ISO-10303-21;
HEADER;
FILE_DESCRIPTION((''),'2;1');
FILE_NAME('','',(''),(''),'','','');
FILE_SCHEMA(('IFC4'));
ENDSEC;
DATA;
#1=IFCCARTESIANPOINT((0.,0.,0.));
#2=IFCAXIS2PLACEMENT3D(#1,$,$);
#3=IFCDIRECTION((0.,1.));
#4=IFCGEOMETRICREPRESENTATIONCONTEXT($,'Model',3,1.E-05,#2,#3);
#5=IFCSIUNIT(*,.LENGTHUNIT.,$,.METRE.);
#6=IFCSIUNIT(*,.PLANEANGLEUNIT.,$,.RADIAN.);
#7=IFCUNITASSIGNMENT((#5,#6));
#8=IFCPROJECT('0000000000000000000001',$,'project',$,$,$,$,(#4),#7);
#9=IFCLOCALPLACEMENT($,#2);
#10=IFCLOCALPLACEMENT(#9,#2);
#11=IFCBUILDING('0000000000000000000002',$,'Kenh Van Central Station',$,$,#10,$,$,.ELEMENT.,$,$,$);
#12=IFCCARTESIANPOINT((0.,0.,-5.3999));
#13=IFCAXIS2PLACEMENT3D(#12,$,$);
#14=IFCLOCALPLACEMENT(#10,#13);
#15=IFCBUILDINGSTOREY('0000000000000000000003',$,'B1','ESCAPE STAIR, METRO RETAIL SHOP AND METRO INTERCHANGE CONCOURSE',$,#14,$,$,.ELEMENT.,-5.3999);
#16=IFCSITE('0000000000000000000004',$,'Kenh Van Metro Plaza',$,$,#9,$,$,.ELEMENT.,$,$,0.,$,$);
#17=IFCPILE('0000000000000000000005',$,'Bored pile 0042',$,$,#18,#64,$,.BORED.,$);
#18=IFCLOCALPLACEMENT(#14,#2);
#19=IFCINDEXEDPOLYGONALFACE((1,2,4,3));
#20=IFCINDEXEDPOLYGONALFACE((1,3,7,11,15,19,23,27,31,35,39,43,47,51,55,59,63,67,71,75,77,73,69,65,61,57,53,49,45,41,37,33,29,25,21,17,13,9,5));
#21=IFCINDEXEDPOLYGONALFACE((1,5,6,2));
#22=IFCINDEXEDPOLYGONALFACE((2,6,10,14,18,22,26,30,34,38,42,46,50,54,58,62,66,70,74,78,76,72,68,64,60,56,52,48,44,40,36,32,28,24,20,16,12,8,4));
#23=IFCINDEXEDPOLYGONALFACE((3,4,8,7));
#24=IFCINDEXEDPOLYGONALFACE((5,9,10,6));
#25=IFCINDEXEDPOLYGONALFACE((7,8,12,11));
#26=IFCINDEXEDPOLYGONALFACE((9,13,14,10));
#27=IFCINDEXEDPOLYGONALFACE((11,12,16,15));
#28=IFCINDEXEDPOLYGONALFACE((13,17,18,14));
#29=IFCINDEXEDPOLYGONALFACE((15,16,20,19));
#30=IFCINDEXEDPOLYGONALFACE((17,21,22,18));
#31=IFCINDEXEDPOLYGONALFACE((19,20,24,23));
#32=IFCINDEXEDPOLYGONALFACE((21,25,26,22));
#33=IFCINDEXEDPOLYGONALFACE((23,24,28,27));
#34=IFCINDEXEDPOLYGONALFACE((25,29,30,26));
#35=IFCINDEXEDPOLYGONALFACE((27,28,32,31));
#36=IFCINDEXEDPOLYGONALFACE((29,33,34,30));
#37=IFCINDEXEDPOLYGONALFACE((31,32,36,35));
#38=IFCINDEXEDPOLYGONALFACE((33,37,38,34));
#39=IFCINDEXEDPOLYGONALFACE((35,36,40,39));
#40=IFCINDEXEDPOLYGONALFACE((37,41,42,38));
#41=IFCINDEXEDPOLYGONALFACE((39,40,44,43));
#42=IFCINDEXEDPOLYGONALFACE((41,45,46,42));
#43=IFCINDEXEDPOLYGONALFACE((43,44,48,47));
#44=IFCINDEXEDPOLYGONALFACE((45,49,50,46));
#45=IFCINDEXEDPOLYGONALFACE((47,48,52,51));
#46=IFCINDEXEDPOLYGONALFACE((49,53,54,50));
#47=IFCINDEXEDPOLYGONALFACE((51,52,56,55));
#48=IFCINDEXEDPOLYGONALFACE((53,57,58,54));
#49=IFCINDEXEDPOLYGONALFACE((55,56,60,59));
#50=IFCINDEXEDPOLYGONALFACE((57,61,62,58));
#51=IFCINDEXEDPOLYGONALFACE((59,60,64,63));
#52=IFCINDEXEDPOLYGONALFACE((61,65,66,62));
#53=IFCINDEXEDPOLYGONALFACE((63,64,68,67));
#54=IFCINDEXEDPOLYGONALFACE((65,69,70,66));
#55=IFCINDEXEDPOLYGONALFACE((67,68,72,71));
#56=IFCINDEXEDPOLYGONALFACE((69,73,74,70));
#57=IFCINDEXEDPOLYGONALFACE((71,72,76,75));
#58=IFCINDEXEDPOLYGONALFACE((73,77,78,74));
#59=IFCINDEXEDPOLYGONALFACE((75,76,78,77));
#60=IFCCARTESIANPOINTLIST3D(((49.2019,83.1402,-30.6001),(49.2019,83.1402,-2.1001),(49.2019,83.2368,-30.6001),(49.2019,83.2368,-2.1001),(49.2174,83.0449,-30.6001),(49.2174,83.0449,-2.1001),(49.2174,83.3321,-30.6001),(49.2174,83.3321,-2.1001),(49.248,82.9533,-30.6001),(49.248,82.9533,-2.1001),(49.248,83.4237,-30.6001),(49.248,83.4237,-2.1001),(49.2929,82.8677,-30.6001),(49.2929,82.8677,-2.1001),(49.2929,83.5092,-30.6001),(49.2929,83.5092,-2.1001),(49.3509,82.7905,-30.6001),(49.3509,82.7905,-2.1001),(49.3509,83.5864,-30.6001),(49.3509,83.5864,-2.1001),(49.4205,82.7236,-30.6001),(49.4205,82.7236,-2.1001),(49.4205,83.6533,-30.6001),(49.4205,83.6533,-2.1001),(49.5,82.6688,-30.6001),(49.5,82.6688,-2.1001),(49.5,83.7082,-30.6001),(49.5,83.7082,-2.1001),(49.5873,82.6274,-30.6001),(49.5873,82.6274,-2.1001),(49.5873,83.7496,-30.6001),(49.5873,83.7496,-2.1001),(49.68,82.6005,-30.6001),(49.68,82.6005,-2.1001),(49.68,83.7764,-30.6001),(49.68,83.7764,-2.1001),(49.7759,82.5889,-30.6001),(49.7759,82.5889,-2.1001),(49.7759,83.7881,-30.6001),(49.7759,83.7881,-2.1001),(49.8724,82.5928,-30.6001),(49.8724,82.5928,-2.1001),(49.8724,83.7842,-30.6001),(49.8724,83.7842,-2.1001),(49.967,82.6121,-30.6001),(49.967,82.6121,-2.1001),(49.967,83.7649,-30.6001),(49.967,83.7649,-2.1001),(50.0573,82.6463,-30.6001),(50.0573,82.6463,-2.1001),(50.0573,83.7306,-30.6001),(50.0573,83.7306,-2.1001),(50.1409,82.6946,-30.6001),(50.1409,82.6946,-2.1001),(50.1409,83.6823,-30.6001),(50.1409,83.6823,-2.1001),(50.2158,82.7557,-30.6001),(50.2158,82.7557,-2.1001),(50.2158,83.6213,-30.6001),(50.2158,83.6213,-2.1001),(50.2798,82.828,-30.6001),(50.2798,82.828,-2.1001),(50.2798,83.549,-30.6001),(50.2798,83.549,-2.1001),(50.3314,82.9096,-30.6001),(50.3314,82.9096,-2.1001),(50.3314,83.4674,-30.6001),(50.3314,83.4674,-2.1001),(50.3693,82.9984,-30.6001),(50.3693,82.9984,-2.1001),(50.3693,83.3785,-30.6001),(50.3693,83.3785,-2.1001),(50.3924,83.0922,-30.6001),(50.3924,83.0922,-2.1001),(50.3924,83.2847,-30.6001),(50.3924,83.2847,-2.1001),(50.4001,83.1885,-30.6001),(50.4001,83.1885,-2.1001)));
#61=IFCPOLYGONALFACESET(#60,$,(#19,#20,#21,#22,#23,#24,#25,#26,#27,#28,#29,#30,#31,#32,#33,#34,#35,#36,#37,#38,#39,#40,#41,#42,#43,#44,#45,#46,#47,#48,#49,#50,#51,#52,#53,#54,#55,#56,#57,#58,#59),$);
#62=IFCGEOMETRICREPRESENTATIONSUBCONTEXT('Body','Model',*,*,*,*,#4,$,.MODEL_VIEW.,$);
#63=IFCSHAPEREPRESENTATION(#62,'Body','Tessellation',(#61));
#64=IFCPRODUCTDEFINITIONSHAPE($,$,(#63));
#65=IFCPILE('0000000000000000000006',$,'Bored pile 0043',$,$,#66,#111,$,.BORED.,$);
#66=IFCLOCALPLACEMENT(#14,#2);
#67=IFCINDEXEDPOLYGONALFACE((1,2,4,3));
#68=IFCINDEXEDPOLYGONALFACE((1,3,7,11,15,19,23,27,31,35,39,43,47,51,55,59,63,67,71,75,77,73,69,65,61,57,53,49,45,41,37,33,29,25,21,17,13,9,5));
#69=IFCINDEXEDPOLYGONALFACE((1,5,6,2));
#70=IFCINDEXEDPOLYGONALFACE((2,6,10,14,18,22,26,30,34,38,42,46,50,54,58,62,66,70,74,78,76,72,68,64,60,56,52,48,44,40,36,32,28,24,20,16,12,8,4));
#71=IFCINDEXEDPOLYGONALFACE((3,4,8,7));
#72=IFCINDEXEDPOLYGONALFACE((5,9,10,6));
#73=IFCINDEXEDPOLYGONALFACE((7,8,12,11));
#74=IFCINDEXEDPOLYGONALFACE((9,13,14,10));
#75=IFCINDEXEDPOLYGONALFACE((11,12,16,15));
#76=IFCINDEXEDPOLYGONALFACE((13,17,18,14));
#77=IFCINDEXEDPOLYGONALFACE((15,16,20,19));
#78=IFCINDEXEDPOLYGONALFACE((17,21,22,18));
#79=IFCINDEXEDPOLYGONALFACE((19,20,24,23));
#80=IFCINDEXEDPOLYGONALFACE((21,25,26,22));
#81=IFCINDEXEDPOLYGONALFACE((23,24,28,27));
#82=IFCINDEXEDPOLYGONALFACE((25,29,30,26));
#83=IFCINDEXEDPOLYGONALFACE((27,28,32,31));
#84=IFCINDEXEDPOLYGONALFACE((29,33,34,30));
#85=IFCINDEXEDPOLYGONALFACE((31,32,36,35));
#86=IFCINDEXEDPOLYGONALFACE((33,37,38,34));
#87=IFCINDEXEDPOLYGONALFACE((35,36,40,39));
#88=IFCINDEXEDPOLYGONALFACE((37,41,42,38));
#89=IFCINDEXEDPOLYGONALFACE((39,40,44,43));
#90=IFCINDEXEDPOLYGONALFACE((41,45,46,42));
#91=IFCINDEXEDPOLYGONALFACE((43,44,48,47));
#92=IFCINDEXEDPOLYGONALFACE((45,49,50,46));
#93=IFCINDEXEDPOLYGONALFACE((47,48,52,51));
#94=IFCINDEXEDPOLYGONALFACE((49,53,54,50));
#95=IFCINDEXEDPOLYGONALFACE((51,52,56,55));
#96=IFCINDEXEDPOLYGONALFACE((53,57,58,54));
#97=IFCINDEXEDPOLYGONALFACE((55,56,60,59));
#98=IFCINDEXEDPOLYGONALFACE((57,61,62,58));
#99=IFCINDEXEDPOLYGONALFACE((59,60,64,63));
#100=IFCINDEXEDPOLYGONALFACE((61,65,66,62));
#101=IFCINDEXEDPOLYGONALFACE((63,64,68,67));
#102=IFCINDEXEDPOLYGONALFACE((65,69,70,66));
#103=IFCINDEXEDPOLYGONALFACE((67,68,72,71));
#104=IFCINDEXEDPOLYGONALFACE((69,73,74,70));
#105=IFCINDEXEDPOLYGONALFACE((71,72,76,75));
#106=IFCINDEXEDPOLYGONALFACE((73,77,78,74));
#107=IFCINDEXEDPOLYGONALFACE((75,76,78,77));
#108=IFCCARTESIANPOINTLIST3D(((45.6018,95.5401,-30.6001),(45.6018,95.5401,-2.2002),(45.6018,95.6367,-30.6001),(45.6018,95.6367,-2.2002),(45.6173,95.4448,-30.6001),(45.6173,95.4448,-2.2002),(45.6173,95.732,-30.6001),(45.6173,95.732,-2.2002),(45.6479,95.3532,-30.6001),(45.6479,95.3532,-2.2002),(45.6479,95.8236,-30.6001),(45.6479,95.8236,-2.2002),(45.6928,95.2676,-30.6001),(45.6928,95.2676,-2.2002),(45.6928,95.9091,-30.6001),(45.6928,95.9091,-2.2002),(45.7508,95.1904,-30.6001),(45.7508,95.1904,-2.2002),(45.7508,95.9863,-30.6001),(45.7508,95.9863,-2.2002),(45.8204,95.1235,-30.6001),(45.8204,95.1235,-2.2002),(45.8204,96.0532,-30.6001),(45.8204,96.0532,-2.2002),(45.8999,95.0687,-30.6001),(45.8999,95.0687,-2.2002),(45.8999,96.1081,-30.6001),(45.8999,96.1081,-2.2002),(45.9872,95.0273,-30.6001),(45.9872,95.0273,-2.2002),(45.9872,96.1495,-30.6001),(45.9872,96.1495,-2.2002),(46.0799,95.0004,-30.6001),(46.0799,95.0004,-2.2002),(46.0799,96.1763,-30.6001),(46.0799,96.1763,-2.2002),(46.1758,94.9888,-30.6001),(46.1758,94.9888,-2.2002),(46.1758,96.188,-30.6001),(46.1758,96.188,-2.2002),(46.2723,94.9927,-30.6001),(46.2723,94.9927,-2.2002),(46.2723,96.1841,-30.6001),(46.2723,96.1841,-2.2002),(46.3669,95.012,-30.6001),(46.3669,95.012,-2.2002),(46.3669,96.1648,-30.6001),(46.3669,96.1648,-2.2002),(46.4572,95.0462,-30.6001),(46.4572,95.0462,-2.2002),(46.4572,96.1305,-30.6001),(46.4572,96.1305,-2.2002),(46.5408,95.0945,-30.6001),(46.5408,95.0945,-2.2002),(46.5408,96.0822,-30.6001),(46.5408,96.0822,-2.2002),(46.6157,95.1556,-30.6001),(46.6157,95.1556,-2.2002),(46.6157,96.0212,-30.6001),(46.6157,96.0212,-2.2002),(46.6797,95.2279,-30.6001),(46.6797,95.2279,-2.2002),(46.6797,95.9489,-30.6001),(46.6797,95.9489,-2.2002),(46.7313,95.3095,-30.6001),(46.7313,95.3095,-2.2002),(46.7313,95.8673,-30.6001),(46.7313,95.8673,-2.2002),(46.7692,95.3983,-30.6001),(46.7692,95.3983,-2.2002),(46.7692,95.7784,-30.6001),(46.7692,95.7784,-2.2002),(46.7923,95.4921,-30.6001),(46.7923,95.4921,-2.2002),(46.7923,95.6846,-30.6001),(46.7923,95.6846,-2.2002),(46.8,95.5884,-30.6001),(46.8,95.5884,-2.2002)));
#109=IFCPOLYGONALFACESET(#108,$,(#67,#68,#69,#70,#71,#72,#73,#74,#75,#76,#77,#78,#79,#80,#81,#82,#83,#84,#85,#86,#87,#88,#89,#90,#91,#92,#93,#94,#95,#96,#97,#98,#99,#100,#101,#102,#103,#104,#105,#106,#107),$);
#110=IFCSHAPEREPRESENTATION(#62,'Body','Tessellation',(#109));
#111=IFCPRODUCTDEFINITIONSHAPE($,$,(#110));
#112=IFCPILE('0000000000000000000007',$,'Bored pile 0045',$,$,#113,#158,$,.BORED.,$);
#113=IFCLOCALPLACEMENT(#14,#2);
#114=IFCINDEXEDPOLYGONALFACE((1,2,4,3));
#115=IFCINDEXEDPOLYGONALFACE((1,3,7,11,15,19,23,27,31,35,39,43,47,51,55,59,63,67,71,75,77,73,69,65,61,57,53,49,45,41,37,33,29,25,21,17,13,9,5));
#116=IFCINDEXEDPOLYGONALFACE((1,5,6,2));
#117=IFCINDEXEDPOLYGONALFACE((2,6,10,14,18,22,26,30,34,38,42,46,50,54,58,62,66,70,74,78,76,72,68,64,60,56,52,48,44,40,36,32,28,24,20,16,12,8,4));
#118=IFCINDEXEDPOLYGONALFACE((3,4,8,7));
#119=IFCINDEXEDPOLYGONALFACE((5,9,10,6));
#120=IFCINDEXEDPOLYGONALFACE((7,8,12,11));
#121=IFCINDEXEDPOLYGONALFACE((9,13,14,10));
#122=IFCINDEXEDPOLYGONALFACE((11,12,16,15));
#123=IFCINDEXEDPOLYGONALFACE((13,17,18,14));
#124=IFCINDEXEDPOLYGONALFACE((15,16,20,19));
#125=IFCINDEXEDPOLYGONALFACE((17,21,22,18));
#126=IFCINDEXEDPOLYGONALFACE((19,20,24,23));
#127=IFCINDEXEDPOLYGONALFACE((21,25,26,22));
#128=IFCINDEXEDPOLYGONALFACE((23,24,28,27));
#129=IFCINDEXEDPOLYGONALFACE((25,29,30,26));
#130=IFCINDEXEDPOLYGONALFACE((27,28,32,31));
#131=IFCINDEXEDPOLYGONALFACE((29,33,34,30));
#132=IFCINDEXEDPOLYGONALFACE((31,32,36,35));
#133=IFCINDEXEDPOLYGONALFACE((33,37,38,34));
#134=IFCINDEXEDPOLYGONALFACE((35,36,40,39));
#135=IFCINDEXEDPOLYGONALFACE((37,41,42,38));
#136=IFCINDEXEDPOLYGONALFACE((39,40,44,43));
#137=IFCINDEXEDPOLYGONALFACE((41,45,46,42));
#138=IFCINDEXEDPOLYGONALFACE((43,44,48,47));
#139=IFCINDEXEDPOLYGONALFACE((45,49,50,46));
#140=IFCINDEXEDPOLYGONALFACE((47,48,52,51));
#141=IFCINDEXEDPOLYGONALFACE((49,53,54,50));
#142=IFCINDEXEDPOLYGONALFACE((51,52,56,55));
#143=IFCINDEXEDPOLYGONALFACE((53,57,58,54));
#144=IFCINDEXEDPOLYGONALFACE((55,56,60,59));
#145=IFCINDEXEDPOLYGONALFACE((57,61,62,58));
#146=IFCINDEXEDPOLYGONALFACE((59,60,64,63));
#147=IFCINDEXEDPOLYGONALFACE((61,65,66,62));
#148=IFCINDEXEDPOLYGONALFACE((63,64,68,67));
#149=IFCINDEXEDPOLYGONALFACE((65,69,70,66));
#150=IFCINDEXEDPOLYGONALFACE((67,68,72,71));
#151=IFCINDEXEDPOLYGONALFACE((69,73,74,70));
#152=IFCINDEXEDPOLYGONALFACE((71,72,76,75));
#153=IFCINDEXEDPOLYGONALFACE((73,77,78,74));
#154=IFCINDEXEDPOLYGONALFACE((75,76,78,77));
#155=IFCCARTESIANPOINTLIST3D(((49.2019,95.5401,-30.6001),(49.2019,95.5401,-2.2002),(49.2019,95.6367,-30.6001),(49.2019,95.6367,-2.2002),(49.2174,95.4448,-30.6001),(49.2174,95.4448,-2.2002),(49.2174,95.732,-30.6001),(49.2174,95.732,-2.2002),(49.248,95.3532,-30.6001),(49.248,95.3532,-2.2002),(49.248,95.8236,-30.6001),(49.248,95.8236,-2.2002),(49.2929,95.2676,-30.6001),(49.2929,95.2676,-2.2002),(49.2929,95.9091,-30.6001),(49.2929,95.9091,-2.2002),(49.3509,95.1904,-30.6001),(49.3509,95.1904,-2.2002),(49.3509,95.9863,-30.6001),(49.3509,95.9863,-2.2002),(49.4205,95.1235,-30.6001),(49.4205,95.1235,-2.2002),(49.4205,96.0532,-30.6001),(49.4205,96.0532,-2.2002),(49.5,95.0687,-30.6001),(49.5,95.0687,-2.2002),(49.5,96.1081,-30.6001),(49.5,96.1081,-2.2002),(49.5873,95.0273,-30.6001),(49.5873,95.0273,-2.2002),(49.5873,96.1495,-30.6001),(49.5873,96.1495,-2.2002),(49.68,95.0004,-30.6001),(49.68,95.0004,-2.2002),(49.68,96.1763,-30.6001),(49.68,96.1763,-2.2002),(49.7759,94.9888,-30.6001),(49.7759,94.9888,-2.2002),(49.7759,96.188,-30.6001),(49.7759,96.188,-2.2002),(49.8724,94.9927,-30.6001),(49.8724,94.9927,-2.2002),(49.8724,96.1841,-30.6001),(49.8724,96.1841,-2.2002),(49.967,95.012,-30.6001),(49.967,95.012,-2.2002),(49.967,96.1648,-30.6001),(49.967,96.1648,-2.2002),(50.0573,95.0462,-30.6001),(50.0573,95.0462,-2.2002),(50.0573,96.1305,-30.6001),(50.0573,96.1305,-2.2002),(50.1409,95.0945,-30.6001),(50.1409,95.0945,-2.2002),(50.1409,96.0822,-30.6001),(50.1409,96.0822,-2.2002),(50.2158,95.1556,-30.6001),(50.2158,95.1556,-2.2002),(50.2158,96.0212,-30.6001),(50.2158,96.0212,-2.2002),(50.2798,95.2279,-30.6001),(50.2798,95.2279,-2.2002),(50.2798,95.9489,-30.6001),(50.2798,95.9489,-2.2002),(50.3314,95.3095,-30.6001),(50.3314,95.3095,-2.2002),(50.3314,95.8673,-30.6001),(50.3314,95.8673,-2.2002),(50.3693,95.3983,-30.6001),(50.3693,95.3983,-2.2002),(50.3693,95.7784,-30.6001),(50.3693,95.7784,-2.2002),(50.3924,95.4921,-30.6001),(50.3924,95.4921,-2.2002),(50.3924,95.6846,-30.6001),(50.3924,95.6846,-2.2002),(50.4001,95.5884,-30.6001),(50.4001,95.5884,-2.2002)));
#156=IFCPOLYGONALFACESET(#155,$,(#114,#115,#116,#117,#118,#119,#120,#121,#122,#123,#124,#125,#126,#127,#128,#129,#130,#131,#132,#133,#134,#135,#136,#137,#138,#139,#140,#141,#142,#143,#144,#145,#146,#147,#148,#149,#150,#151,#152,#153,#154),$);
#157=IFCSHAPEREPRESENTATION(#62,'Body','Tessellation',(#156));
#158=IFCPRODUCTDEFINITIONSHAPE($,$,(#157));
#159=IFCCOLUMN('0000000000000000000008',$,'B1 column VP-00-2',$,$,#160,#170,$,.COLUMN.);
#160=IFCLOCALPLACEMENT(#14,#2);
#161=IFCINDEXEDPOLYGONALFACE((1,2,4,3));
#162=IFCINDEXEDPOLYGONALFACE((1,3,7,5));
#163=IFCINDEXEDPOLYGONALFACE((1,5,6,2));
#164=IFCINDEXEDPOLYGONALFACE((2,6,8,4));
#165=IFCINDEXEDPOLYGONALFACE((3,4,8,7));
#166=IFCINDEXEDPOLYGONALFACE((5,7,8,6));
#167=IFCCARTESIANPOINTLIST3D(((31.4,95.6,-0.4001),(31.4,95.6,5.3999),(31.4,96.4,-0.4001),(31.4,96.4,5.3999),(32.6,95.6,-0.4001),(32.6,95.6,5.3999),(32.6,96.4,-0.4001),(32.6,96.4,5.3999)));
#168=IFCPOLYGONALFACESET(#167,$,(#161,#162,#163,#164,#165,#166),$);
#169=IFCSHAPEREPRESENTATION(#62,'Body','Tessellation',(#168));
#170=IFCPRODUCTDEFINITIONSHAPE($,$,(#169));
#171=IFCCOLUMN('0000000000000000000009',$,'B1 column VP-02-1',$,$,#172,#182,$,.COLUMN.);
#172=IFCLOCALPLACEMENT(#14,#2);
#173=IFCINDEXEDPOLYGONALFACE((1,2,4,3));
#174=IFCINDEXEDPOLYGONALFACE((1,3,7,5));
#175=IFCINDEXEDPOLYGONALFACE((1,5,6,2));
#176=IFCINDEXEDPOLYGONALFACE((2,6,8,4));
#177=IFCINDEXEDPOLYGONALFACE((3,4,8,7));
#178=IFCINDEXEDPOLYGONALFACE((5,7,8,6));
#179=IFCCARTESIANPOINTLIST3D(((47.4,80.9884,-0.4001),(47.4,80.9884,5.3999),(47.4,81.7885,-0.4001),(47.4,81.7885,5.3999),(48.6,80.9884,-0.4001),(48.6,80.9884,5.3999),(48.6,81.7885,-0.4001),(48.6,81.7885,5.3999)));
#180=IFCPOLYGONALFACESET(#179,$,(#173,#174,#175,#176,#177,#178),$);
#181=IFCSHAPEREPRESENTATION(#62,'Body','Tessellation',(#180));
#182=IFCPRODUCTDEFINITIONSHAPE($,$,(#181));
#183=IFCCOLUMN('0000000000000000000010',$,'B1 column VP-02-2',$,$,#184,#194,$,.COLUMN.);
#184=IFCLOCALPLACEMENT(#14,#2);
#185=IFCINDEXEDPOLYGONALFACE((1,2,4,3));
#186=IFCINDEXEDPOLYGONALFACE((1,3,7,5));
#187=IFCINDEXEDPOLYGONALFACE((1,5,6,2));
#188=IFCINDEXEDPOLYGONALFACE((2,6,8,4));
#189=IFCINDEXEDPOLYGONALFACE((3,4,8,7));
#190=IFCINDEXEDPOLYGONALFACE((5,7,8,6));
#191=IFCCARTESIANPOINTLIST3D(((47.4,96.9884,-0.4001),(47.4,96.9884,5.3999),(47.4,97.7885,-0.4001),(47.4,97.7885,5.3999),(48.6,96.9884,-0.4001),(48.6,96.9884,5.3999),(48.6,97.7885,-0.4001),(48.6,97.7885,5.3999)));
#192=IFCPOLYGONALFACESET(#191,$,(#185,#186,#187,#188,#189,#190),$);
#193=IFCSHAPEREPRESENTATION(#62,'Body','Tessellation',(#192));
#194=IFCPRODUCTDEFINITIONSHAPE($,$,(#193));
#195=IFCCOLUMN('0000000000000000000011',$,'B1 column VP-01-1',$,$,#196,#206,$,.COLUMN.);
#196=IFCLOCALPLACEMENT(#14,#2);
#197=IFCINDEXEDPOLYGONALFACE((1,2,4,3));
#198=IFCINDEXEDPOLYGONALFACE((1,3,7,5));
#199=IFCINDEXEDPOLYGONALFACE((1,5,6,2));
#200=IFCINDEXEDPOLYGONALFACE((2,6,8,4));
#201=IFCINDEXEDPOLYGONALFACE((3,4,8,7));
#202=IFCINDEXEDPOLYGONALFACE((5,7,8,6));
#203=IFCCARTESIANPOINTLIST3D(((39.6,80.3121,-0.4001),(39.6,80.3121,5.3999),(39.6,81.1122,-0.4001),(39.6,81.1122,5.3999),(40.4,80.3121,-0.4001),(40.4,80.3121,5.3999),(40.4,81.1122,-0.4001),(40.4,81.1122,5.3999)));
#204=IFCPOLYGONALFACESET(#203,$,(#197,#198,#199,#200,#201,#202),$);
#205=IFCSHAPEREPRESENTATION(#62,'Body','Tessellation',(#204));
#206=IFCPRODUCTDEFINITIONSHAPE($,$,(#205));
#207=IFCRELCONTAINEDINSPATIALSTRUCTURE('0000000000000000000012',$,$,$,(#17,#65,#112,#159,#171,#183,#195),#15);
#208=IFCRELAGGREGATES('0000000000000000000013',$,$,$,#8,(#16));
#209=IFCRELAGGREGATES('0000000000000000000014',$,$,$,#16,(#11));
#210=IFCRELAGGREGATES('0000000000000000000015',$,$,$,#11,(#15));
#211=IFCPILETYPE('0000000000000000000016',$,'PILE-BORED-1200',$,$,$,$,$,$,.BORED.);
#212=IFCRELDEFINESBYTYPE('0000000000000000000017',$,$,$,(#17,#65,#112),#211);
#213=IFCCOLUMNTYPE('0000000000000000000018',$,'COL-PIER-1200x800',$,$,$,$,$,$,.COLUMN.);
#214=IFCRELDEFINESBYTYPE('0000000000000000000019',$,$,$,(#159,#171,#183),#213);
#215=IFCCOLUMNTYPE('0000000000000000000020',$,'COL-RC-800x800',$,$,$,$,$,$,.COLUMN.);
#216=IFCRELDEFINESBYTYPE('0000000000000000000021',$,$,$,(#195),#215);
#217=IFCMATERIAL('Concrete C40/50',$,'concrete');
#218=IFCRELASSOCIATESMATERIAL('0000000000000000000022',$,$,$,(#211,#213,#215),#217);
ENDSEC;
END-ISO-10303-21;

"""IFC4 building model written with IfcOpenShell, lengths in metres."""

from ifc_helpers import new_model, si_unit, direction, frame, origin, origin_2d, place, context, subcontext, project, spatial, rectangle, circle, extrude, material, material_profile, profile_set, type_object, element, save


model = new_model("IFC4")

# Units and contexts
model_context = context("Model", 3, precision=1e-05, world=origin(), true_north=direction((0.0, 1.0)))
body_context = subcontext(model_context, "Body", "Model", "MODEL_VIEW")
ifc_project = project(units=[si_unit("LENGTHUNIT", "METRE"), si_unit("PLANEANGLEUNIT", "RADIAN")], contexts=[model_context])

# Site, building, storey
site_placement = place(None, origin())
site = spatial("IfcSite", under=ifc_project, at=site_placement, Name="Kenh Van Metro Plaza", CompositionType="ELEMENT", RefElevation=0.0)
building_placement = place(site_placement, origin())
building = spatial("IfcBuilding", under=site, at=building_placement, Name="Kenh Van Central Station", CompositionType="ELEMENT")
storey_placement = place(building_placement, frame((0.0, 0.0, -5.3999)))
storey = spatial("IfcBuildingStorey", under=building, at=storey_placement, Name="B1", Description="ESCAPE STAIR, METRO RETAIL SHOP AND METRO INTERCHANGE CONCOURSE", CompositionType="ELEMENT", Elevation=-5.3999)

# Shared definitions
ifc_material = material(Name="Concrete C40/50", Category="concrete")

# Piles
ifc_material_profile_1 = material_profile(ifc_material, circle(Radius=0.6001, at=origin_2d()), Name="PILE D1200")
ifc_profile_set_1 = profile_set([ifc_material_profile_1], Name="Concrete C40/50")
pile_type_1 = type_object("IfcPileType", Name="PILE-BORED-1200", PredefinedType="BORED", material=ifc_profile_set_1)
for number, where, z_axis, x_axis, name in (
    (1, (49.8, 83.1885, -2.1001), (0.0, 0.0, -1.0), (1.0, 0.0, 0.0), "Bored pile 0042"),
):
    element("IfcPile", number, at=place(storey_placement, frame(where, z_axis=z_axis, x_axis=x_axis)), inside=storey, type_object=pile_type_1, Name=name, PredefinedType="BORED", context=body_context, shape_type="SweptSolid", body=[
        extrude(circle(Radius=0.6001, at=origin_2d()), origin(), (0.0, 0.0, 1.0), 28.5),
    ])
for number, where, z_axis, x_axis, name in (
    (2, (46.2, 95.5884, -2.2002), (0.0, 0.0, -1.0), (1.0, 0.0, 0.0), "Bored pile 0043"),
    (3, (49.8, 95.5884, -2.2002), (0.0, 0.0, -1.0), (1.0, 0.0, 0.0), "Bored pile 0045"),
):
    element("IfcPile", number, at=place(storey_placement, frame(where, z_axis=z_axis, x_axis=x_axis)), inside=storey, type_object=pile_type_1, Name=name, PredefinedType="BORED", context=body_context, shape_type="SweptSolid", body=[
        extrude(circle(Radius=0.6001, at=origin_2d()), origin(), (0.0, 0.0, 1.0), 28.3999),
    ])

# Columns
ifc_material_profile_2 = material_profile(ifc_material, rectangle(XDim=1.2, YDim=0.8, at=origin_2d()), Name="RC 1200x800")
ifc_profile_set_2 = profile_set([ifc_material_profile_2], Name="Concrete C40/50")
column_type_1 = type_object("IfcColumnType", Name="COL-PIER-1200x800", PredefinedType="COLUMN", material=ifc_profile_set_2)
for number, where, z_axis, x_axis, name in (
    (4, (32.0, 96.0, -0.4001), (0.0, 0.0, 1.0), (1.0, 0.0, 0.0), "B1 column VP-00-2"),
    (5, (48.0, 81.3884, -0.4001), (0.0, 0.0, 1.0), (1.0, 0.0, 0.0), "B1 column VP-02-1"),
    (6, (48.0, 97.3884, -0.4001), (0.0, 0.0, 1.0), (1.0, 0.0, 0.0), "B1 column VP-02-2"),
):
    element("IfcColumn", number, at=place(storey_placement, frame(where, z_axis=z_axis, x_axis=x_axis)), inside=storey, type_object=column_type_1, Name=name, PredefinedType="COLUMN", context=body_context, shape_type="SweptSolid", body=[
        extrude(rectangle(XDim=1.2, YDim=0.8, at=origin_2d()), origin(), (0.0, 0.0, 1.0), 5.8),
    ])
ifc_material_profile_3 = material_profile(ifc_material, rectangle(XDim=0.8, YDim=0.8, at=origin_2d()), Name="RC 800x800")
ifc_profile_set_3 = profile_set([ifc_material_profile_3], Name="Concrete C40/50")
column_type_2 = type_object("IfcColumnType", Name="COL-RC-800x800", PredefinedType="COLUMN", material=ifc_profile_set_3)
for number, where, z_axis, x_axis, name in (
    (7, (40.0, 80.7122, -0.4001), (0.0, 0.0, 1.0), (1.0, 0.0, 0.0), "B1 column VP-01-1"),
):
    element("IfcColumn", number, at=place(storey_placement, frame(where, z_axis=z_axis, x_axis=x_axis)), inside=storey, type_object=column_type_2, Name=name, PredefinedType="COLUMN", context=body_context, shape_type="SweptSolid", body=[
        extrude(rectangle(XDim=0.8, YDim=0.8, at=origin_2d()), origin(), (0.0, 0.0, 1.0), 5.8),
    ])

save(model, "model.ifc")
